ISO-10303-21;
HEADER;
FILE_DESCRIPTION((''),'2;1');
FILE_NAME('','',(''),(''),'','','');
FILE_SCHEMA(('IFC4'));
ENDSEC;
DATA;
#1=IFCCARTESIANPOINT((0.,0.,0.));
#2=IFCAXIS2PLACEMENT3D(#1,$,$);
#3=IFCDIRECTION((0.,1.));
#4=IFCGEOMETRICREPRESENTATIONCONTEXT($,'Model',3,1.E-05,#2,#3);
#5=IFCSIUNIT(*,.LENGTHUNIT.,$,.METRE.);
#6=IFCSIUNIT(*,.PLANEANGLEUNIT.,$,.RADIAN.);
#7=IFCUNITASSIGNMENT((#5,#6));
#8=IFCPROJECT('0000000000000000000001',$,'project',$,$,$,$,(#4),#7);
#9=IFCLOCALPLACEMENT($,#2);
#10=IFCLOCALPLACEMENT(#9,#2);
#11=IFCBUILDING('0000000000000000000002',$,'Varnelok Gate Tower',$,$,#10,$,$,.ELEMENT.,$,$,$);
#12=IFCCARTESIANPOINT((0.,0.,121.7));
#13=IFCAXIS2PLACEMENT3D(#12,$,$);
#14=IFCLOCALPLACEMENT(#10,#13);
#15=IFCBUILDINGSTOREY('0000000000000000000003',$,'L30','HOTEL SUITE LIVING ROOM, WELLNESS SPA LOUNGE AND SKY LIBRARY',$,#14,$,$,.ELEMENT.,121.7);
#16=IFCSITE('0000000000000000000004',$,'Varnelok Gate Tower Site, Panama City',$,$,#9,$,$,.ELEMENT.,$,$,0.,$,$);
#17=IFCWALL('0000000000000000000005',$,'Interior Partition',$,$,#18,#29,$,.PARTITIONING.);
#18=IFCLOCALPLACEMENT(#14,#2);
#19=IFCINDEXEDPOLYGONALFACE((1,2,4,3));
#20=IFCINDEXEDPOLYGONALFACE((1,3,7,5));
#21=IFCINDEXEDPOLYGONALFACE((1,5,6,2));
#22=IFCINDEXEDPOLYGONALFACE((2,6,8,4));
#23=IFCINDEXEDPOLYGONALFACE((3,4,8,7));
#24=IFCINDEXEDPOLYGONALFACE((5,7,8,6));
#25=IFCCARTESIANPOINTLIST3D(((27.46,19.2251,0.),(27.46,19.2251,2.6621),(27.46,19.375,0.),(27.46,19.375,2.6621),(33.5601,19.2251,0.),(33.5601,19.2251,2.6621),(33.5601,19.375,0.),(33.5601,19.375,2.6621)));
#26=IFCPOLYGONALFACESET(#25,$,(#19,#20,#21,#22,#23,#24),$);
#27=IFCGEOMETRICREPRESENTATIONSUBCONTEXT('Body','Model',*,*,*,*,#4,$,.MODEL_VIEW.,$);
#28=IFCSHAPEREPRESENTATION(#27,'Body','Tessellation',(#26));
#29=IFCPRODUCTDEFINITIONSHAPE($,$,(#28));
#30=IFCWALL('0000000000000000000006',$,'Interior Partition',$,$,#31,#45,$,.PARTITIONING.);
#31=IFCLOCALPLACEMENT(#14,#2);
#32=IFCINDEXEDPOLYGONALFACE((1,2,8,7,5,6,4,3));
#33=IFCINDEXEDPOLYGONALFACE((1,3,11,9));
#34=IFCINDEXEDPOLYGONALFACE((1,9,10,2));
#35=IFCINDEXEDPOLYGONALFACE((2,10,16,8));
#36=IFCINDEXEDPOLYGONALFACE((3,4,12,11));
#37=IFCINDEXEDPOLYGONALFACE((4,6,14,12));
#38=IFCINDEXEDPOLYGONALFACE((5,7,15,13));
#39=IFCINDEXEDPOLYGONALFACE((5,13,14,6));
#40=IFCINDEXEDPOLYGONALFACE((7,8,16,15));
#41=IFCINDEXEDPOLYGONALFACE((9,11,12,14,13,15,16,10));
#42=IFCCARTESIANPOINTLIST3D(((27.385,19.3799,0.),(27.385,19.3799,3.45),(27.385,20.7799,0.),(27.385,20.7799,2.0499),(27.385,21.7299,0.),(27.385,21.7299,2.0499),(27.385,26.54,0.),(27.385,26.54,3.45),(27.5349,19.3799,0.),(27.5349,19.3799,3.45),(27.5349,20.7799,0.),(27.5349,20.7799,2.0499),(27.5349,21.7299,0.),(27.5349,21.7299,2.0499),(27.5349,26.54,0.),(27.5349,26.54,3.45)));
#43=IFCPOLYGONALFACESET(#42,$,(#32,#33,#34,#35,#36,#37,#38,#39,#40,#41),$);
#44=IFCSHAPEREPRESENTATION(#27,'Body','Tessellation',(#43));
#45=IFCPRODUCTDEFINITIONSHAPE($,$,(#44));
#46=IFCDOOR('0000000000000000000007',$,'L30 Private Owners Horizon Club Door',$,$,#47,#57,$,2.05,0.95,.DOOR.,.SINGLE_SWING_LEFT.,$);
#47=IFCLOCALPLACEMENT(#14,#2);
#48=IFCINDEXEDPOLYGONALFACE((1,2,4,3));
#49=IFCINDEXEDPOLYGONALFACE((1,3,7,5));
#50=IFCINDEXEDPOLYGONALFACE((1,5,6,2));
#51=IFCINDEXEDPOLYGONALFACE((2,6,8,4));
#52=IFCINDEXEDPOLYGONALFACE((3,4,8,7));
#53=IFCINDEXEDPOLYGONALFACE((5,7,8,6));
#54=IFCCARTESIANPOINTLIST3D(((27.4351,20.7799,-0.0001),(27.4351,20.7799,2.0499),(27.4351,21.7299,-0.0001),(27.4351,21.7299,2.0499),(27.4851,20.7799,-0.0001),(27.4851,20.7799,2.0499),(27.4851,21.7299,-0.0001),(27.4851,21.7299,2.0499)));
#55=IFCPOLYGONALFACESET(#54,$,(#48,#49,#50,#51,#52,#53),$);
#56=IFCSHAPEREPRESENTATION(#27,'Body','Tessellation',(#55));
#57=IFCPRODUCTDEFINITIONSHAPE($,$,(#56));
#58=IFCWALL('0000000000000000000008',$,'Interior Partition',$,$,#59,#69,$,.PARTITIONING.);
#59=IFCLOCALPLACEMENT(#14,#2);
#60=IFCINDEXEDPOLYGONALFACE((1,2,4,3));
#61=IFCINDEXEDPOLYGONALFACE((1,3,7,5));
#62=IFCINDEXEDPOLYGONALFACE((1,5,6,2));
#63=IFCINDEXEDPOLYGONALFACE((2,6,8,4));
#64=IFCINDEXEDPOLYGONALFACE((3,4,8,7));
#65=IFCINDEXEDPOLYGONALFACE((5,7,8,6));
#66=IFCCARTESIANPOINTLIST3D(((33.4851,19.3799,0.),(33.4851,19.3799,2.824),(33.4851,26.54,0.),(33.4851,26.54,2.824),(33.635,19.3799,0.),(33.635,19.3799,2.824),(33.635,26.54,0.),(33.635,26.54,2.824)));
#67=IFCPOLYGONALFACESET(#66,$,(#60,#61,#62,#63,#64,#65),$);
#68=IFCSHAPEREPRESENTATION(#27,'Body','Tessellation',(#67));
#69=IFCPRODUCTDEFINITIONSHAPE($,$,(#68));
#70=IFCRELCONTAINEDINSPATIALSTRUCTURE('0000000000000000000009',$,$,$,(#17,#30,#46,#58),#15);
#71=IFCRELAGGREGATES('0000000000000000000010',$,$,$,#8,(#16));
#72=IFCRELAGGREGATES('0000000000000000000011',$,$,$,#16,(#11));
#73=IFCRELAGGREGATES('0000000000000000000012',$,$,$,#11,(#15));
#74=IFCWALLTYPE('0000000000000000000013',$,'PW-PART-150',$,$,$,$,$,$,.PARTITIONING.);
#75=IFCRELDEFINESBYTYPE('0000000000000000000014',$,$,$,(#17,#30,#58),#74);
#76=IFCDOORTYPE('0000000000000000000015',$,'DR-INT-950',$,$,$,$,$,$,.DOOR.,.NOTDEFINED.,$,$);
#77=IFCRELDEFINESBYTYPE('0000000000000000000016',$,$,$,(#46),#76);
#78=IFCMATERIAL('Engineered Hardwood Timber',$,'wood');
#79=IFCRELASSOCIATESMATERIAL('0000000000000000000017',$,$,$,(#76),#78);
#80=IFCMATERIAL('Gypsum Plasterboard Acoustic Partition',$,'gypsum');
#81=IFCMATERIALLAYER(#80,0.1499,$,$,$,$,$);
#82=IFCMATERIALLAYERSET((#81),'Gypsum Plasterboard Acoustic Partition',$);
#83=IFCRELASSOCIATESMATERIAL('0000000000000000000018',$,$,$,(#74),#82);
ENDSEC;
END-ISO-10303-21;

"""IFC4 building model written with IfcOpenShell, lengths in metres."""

from ifc_helpers import new_model, si_unit, direction, frame, frame_2d, origin, place, context, subcontext, project, spatial, rectangle, extrude, material, layer, layer_set, type_object, element, fill, save


model = new_model("IFC4")

# Units and contexts
model_context = context("Model", 3, precision=1e-05, world=origin(), true_north=direction((0.0, 1.0)))
body_context = subcontext(model_context, "Body", "Model", "MODEL_VIEW")
ifc_project = project(units=[si_unit("LENGTHUNIT", "METRE"), si_unit("PLANEANGLEUNIT", "RADIAN")], contexts=[model_context])

# Site, building, storey
site_placement = place(None, origin())
site = spatial("IfcSite", under=ifc_project, at=site_placement, Name="Varnelok Gate Tower Site, Panama City", CompositionType="ELEMENT", RefElevation=0.0)
building_placement = place(site_placement, origin())
building = spatial("IfcBuilding", under=site, at=building_placement, Name="Varnelok Gate Tower", CompositionType="ELEMENT")
storey_placement = place(building_placement, frame((0.0, 0.0, 121.7)))
storey = spatial("IfcBuildingStorey", under=building, at=storey_placement, Name="L30", Description="HOTEL SUITE LIVING ROOM, WELLNESS SPA LOUNGE AND SKY LIBRARY", CompositionType="ELEMENT", Elevation=121.7)

# Shared definitions
ifc_material_1 = material(Name="Gypsum Plasterboard Acoustic Partition", Category="gypsum")
ifc_material_2 = material(Name="Engineered Hardwood Timber", Category="wood")
door_type_1 = type_object("IfcDoorType", Name="DR-INT-950", OperationType="NOTDEFINED", PredefinedType="DOOR", material=ifc_material_2)

# Wall
ifc_layer_1 = layer(ifc_material_1, 0.1499)
ifc_layer_set_1 = layer_set([ifc_layer_1], Name="Gypsum Plasterboard Acoustic Partition")
wall_type_1 = type_object("IfcWallType", Name="PW-PART-150", PredefinedType="PARTITIONING", material=ifc_layer_set_1)
wall_1_placement = place(storey_placement, frame((27.46, 19.3, 0.0), z_axis=(0.0, 0.0, 1.0), x_axis=(1.0, 0.0, 0.0)))
element("IfcWall", 1, at=wall_1_placement, inside=storey, type_object=wall_type_1, Name="Interior Partition", PredefinedType="PARTITIONING", context=body_context, shape_type="SweptSolid", body=[
    extrude(rectangle(XDim=6.1001, YDim=0.1499, at=frame_2d((3.05, 0.0))), origin(), (0.0, 0.0, 1.0), 2.6621),
])

# Wall, opening, door
wall_2_placement = place(storey_placement, frame((27.46, 19.3799, 0.0), z_axis=(0.0, 0.0, 1.0), x_axis=(0.0, 1.0, 0.0)))
wall_2 = element("IfcWall", 2, at=wall_2_placement, inside=storey, type_object=wall_type_1, Name="Interior Partition", PredefinedType="PARTITIONING", context=body_context, shape_type="SweptSolid", body=[
    extrude(rectangle(XDim=7.1602, YDim=0.1499, at=frame_2d((3.5801, 0.0))), origin(), (0.0, 0.0, 1.0), 3.45),
])
opening_1_placement = place(wall_2_placement, frame((1.3999, 0.0, 0.0)))
opening_1 = element("IfcOpeningElement", 3, at=opening_1_placement, cuts=wall_2, PredefinedType="OPENING", context=body_context, shape_type="SweptSolid", body=[
    extrude(rectangle(XDim=0.95, YDim=2.05, at=frame_2d((0.4751, 1.0249))), frame((0.0, 0.085, 0.0), z_axis=(0.0, -1.0, 0.0), x_axis=(1.0, 0.0, 0.0)), (0.0, 0.0, 1.0), 0.1699),
])
door_1_placement = place(opening_1_placement, origin())
door_1 = element("IfcDoor", 4, at=door_1_placement, inside=storey, type_object=door_type_1, Name="L30 Private Owners Horizon Club Door", OperationType="SINGLE_SWING_LEFT", OverallHeight=2.05, OverallWidth=0.95, PredefinedType="DOOR", context=body_context, shape_type="SweptSolid", body=[
    extrude(rectangle(XDim=0.95, YDim=2.05, at=frame_2d((0.4751, 1.0249))), frame((0.0, 0.0249, 0.0), z_axis=(0.0, -1.0, 0.0), x_axis=(1.0, 0.0, 0.0)), (0.0, 0.0, 1.0), 0.05),
])
fill(opening_1, door_1)

# Wall
wall_3_placement = place(storey_placement, frame((33.5601, 19.3799, 0.0), z_axis=(0.0, 0.0, 1.0), x_axis=(0.0, 1.0, 0.0)))
element("IfcWall", 5, at=wall_3_placement, inside=storey, type_object=wall_type_1, Name="Interior Partition", PredefinedType="PARTITIONING", context=body_context, shape_type="SweptSolid", body=[
    extrude(rectangle(XDim=7.1602, YDim=0.1499, at=frame_2d((3.5801, 0.0))), origin(), (0.0, 0.0, 1.0), 2.824),
])

save(model, "model.ifc")
